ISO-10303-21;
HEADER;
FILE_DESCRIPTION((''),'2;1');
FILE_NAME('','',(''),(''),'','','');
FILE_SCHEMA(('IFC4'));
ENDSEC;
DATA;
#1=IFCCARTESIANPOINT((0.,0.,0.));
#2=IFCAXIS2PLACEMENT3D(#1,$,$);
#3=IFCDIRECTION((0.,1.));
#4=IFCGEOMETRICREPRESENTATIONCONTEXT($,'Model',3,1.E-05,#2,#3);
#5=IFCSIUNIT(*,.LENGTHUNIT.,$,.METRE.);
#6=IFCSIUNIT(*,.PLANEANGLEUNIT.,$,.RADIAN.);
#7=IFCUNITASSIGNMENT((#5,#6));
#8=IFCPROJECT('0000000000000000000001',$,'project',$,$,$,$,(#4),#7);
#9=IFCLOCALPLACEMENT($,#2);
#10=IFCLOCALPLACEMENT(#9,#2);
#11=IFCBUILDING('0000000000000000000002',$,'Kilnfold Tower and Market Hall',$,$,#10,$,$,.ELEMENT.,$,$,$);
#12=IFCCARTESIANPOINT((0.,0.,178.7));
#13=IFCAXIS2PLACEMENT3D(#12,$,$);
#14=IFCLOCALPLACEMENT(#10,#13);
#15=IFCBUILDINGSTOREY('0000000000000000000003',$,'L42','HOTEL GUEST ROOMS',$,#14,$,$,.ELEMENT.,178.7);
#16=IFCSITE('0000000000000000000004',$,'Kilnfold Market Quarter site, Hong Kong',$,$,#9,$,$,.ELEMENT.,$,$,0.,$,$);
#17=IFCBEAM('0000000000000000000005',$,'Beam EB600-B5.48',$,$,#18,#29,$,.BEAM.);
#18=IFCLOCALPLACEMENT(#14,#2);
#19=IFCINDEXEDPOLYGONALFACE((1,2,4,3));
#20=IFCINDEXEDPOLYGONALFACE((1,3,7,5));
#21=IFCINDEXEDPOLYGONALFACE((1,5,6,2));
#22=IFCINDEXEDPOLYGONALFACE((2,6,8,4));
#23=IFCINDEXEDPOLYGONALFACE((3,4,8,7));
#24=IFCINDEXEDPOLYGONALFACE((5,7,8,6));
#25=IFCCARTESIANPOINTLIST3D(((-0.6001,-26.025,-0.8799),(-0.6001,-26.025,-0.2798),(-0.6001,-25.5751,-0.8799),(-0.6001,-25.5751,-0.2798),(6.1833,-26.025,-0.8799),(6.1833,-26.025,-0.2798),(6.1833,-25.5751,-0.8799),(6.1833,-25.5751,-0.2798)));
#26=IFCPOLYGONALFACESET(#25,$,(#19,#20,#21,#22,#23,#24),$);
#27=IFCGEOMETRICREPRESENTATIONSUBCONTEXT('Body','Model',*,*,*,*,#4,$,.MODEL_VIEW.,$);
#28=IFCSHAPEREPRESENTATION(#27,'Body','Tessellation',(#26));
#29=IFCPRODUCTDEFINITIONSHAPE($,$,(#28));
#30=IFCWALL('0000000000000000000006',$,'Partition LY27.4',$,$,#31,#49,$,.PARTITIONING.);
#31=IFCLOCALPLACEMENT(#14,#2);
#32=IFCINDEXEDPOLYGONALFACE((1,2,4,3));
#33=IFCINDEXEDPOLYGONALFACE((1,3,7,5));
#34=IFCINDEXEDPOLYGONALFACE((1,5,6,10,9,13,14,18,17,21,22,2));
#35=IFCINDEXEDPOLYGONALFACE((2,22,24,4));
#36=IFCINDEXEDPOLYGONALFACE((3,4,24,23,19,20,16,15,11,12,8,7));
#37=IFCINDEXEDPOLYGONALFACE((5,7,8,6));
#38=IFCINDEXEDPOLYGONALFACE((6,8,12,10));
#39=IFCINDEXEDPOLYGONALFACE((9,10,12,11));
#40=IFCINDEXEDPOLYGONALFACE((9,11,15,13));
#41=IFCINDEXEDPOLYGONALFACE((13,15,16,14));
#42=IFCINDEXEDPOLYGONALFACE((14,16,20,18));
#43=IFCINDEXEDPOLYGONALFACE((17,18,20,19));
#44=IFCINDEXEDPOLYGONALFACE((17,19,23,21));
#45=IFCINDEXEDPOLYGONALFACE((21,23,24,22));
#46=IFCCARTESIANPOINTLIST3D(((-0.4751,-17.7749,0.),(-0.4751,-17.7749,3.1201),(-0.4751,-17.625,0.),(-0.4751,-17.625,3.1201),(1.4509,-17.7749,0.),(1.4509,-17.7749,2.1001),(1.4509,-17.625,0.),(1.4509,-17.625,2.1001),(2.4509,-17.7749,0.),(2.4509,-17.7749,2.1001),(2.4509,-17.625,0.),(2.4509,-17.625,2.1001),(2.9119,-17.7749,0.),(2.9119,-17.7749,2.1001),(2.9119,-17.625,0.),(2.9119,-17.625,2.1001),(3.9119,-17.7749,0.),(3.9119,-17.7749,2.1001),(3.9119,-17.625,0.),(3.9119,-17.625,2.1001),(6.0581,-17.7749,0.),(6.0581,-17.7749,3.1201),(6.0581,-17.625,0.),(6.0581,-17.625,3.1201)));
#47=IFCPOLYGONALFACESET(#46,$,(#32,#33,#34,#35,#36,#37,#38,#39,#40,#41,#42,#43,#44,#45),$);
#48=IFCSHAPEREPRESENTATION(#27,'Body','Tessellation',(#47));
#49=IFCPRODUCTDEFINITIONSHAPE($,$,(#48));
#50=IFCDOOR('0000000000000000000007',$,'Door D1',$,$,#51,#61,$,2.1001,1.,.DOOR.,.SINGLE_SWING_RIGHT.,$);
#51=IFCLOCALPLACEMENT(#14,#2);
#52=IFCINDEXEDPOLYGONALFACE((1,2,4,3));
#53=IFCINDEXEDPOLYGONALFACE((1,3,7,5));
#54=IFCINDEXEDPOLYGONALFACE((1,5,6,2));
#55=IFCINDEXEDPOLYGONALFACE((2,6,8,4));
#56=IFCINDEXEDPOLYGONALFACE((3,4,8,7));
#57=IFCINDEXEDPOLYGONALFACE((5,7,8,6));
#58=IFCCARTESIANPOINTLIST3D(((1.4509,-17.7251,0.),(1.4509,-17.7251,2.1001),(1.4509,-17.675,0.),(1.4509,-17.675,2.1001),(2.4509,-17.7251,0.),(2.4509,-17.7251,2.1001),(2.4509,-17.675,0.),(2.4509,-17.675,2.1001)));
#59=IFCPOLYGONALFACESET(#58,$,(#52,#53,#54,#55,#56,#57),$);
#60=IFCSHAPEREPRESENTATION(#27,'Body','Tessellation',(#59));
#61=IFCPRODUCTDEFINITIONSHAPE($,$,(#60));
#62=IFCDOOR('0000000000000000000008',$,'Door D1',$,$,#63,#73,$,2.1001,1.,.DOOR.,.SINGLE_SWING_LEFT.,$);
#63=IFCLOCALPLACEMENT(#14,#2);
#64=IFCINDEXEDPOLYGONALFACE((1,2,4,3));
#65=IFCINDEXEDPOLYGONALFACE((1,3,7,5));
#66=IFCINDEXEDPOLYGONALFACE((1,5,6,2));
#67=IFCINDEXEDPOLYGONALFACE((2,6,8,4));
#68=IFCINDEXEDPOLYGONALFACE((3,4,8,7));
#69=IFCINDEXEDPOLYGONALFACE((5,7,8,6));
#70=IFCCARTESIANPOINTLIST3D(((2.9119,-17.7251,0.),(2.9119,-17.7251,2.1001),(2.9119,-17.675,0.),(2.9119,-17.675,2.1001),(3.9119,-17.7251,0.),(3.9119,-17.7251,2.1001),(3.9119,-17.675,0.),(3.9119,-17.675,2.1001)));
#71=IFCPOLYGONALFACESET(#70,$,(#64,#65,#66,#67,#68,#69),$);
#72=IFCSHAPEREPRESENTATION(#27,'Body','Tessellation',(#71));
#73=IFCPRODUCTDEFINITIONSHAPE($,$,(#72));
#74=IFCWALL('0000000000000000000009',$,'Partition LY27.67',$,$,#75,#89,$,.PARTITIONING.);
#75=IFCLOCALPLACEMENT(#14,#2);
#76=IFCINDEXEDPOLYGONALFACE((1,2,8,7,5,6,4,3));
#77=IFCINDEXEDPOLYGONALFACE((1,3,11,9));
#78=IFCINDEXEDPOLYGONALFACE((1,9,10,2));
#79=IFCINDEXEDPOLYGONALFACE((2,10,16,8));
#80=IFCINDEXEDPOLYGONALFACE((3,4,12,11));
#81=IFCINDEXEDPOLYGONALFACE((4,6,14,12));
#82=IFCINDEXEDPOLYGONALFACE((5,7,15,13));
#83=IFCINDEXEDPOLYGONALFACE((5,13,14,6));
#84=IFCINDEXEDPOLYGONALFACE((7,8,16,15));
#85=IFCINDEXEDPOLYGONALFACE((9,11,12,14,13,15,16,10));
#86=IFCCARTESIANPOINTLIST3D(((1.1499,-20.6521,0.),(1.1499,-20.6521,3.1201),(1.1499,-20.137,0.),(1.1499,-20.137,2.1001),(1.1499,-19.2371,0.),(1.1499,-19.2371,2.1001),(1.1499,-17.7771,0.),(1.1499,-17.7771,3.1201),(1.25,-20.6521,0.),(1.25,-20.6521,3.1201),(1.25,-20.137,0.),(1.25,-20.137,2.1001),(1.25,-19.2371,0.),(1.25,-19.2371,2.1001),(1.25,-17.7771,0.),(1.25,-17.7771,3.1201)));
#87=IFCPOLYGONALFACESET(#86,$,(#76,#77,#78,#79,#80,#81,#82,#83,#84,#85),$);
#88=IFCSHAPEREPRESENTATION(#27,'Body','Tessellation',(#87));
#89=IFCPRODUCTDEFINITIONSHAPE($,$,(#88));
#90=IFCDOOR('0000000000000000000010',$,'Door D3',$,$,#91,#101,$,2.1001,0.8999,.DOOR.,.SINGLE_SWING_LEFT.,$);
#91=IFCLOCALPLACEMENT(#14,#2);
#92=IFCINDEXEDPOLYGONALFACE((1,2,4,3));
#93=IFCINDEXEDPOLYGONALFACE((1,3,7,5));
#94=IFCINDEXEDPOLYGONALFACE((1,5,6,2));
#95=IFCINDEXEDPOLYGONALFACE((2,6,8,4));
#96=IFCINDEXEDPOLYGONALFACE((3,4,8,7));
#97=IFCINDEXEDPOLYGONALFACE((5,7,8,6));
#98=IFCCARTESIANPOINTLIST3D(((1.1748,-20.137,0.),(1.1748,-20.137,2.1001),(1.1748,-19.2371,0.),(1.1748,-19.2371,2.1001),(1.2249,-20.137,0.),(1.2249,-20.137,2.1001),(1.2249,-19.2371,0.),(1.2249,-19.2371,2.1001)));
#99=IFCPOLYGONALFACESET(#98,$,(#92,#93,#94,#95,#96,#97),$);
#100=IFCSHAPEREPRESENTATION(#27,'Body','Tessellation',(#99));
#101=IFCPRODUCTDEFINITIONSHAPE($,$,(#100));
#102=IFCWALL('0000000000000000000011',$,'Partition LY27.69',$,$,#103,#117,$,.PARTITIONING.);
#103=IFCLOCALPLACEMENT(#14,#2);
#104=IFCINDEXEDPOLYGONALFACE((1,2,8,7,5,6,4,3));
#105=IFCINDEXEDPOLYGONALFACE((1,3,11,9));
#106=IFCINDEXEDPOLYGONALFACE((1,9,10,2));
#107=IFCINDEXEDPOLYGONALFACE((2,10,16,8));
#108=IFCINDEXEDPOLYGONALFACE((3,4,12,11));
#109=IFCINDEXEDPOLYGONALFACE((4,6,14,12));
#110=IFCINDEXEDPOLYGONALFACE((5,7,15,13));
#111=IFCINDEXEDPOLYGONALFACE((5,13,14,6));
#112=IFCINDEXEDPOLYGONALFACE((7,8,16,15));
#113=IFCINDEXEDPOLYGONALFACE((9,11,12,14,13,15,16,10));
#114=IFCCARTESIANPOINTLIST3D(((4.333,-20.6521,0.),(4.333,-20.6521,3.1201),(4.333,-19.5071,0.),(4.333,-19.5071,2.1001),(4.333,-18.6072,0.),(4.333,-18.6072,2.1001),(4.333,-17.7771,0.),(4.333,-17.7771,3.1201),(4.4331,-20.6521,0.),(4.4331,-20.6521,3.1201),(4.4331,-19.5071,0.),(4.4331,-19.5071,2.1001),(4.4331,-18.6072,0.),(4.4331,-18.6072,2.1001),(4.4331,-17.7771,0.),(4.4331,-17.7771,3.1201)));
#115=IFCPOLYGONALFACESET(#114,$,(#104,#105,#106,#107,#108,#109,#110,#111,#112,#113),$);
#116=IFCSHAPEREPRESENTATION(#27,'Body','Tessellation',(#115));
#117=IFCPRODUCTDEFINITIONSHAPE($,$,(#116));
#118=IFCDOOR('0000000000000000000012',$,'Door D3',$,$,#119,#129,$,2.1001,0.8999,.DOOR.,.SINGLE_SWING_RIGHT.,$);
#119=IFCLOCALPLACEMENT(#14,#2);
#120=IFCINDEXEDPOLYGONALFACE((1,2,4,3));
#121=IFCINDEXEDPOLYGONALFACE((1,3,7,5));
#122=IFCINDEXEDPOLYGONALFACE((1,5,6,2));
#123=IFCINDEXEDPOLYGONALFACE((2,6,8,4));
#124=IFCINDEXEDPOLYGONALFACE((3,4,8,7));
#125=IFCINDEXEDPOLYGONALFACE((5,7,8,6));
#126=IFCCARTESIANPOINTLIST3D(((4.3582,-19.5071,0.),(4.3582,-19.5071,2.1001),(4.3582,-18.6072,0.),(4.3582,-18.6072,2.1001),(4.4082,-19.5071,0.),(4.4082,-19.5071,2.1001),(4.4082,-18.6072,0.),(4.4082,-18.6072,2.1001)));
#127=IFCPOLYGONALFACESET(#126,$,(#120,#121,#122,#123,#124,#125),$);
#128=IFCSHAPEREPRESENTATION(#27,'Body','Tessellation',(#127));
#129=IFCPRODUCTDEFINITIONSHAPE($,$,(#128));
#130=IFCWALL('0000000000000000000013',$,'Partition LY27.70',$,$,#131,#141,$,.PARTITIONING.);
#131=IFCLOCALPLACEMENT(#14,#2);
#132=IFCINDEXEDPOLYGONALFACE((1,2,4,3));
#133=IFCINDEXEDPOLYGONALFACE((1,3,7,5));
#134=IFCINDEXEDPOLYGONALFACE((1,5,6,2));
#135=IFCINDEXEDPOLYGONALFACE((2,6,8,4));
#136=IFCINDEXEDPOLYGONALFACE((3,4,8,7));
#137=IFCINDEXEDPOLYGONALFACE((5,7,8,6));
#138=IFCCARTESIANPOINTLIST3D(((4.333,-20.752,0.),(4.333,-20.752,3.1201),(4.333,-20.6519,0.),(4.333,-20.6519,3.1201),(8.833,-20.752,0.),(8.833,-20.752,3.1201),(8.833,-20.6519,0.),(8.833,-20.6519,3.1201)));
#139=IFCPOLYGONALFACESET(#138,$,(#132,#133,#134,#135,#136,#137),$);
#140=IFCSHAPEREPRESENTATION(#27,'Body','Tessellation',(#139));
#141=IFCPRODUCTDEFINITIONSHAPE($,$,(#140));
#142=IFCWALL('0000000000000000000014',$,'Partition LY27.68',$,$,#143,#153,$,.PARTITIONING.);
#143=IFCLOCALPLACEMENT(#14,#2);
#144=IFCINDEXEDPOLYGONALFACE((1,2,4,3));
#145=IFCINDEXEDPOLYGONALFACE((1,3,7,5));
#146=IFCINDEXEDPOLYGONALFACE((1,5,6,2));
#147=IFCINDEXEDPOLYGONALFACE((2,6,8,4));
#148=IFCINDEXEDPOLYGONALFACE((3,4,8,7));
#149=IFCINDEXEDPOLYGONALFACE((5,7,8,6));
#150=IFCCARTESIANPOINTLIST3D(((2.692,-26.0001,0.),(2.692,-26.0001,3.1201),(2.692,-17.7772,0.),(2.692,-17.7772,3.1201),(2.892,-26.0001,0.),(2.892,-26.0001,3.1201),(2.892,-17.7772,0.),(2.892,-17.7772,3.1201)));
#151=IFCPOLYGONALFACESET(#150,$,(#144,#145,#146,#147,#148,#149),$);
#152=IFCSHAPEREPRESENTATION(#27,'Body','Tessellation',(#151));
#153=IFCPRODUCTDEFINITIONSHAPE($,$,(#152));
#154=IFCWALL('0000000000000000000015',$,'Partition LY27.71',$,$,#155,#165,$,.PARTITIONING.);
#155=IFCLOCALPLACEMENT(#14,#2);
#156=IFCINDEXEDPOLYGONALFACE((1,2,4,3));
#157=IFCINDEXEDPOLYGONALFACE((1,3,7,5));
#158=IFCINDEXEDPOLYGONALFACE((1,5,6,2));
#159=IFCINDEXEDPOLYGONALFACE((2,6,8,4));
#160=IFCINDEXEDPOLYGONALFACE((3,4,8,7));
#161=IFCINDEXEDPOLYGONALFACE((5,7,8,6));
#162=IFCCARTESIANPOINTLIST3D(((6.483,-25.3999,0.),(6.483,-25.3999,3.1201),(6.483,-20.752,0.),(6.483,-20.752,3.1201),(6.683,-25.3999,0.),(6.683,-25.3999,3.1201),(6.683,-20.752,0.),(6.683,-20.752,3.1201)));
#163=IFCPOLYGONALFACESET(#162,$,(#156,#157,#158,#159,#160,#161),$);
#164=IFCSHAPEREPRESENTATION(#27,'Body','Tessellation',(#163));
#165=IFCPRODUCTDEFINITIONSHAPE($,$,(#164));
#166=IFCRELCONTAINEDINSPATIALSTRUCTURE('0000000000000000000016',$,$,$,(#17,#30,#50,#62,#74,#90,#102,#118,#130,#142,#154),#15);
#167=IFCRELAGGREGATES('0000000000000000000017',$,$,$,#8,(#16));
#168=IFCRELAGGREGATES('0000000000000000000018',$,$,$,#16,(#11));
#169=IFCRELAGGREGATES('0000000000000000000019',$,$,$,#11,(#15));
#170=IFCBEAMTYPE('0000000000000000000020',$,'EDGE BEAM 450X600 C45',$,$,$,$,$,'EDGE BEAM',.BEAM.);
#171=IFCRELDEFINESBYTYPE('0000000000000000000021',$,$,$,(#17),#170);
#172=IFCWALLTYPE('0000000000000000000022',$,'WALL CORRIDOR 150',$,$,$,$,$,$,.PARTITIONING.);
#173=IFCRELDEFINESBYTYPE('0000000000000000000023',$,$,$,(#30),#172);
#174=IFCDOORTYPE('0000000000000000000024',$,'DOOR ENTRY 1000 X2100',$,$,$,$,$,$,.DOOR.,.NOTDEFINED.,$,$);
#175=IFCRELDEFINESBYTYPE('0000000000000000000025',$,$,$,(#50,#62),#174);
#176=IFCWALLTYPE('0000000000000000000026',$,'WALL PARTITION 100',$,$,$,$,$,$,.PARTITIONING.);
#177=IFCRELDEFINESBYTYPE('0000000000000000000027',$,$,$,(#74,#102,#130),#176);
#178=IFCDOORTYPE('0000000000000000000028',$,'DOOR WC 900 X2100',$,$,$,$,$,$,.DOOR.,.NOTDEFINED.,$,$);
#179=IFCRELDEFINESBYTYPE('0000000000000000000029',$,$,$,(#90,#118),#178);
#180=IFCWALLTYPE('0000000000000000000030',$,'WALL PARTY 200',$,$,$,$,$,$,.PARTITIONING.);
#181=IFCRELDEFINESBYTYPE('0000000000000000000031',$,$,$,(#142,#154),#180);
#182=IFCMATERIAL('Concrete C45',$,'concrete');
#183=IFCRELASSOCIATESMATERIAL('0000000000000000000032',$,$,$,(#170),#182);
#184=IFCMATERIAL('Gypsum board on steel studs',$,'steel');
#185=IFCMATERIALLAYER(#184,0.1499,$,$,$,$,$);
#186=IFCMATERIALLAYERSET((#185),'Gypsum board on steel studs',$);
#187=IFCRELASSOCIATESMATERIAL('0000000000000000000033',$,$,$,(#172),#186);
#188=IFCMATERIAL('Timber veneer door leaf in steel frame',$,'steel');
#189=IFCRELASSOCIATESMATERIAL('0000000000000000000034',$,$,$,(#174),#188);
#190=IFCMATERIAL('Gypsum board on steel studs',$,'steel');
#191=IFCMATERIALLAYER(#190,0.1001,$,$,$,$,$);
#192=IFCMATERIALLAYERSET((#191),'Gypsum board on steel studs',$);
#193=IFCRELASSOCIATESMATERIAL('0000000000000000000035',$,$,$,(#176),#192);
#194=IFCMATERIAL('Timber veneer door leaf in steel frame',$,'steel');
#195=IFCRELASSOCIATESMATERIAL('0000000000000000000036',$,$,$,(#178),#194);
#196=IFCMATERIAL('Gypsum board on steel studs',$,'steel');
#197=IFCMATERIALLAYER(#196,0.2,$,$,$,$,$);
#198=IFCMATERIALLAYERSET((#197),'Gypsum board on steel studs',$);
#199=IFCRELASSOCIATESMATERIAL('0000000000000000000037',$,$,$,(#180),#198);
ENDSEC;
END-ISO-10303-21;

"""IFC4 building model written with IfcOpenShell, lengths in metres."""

from ifc_helpers import new_model, si_unit, direction, frame, frame_2d, origin, origin_2d, place, context, subcontext, project, spatial, rectangle, extrude, source, transform, mapped, material, layer, layer_set, material_profile, profile_set, type_object, element, fill, save


model = new_model("IFC4")

# Units and contexts
model_context = context("Model", 3, precision=1e-05, world=origin(), true_north=direction((0.0, 1.0)))
body_context = subcontext(model_context, "Body", "Model", "MODEL_VIEW")
ifc_project = project(units=[si_unit("LENGTHUNIT", "METRE"), si_unit("PLANEANGLEUNIT", "RADIAN")], contexts=[model_context])

# Site, building, storey
site_placement = place(None, origin())
site = spatial("IfcSite", under=ifc_project, at=site_placement, Name="Kilnfold Market Quarter site, Hong Kong", CompositionType="ELEMENT", RefElevation=0.0)
building_placement = place(site_placement, origin())
building = spatial("IfcBuilding", under=site, at=building_placement, Name="Kilnfold Tower and Market Hall", CompositionType="ELEMENT")
storey_placement = place(building_placement, frame((0.0, 0.0, 178.7)))
storey = spatial("IfcBuildingStorey", under=building, at=storey_placement, Name="L42", Description="HOTEL GUEST ROOMS", CompositionType="ELEMENT", Elevation=178.7)

# Beam
ifc_material_1 = material(Name="Concrete C45", Category="concrete")
ifc_material_profile_1 = material_profile(ifc_material_1, rectangle(XDim=0.45, YDim=0.6001, at=origin_2d()), Name="RC 450x600")
ifc_profile_set_1 = profile_set([ifc_material_profile_1], Name="Concrete C45")
beam_type = type_object("IfcBeamType", Name="EDGE BEAM 450X600 C45", ElementType="EDGE BEAM", PredefinedType="BEAM", material=ifc_profile_set_1)
shared_shape_1 = source(origin(), body_context, "Body", "SweptSolid", [
    extrude(rectangle(XDim=0.45, YDim=0.6001, at=origin_2d()), origin(), (0.0, 0.0, 1.0), 6.7834),
])
beam_placement = place(storey_placement, frame((-0.6001, -25.8, -0.5798), z_axis=(1.0, 0.0, 0.0), x_axis=(0.0, 1.0, 0.0)))
element("IfcBeam", 1, at=beam_placement, inside=storey, type_object=beam_type, Name="Beam EB600-B5.48", PredefinedType="BEAM", context=body_context, shape_type="MappedRepresentation", body=[
    mapped(shared_shape_1, transform((0.0, 0.0, 0.0))),
])

# Wall, openings, doors
ifc_material_2 = material(Name="Gypsum board on steel studs", Category="steel")
ifc_layer_1 = layer(ifc_material_2, 0.1499)
ifc_layer_set_1 = layer_set([ifc_layer_1], Name="Gypsum board on steel studs")
wall_type_1 = type_object("IfcWallType", Name="WALL CORRIDOR 150", PredefinedType="PARTITIONING", material=ifc_layer_set_1)
wall_1_placement = place(storey_placement, frame((-0.4751, -17.7, 0.0), z_axis=(0.0, 0.0, 1.0), x_axis=(1.0, 0.0, 0.0)))
wall_1 = element("IfcWall", 2, at=wall_1_placement, inside=storey, type_object=wall_type_1, Name="Partition LY27.4", PredefinedType="PARTITIONING", context=body_context, shape_type="SweptSolid", body=[
    extrude(rectangle(XDim=6.5332, YDim=0.1499, at=frame_2d((3.2666, 0.0))), origin(), (0.0, 0.0, 1.0), 3.1201),
])
opening_1_placement = place(wall_1_placement, frame((1.926, 0.0, 0.0)))
opening_1 = element("IfcOpeningElement", 3, at=opening_1_placement, cuts=wall_1, PredefinedType="OPENING", context=body_context, shape_type="SweptSolid", body=[
    extrude(rectangle(XDim=1.0, YDim=2.1001, at=frame_2d((0.5, 1.05))), frame((0.0, 0.085, 0.0), z_axis=(0.0, -1.0, 0.0), x_axis=(1.0, 0.0, 0.0)), (0.0, 0.0, 1.0), 0.1699),
])
opening_2_placement = place(wall_1_placement, frame((3.387, 0.0, 0.0)))
opening_2 = element("IfcOpeningElement", 4, at=opening_2_placement, cuts=wall_1, PredefinedType="OPENING", context=body_context, shape_type="SweptSolid", body=[
    extrude(rectangle(XDim=1.0, YDim=2.1001, at=frame_2d((0.5, 1.05))), frame((0.0, 0.085, 0.0), z_axis=(0.0, -1.0, 0.0), x_axis=(1.0, 0.0, 0.0)), (0.0, 0.0, 1.0), 0.1699),
])
ifc_material_3 = material(Name="Timber veneer door leaf in steel frame", Category="steel")
door_type_1 = type_object("IfcDoorType", Name="DOOR ENTRY 1000 X2100", OperationType="NOTDEFINED", PredefinedType="DOOR", material=ifc_material_3)
door_1_placement = place(opening_1_placement, origin())
door_1 = element("IfcDoor", 5, at=door_1_placement, inside=storey, type_object=door_type_1, Name="Door D1", OperationType="SINGLE_SWING_RIGHT", OverallHeight=2.1001, OverallWidth=1.0, PredefinedType="DOOR", context=body_context, shape_type="SweptSolid", body=[
    extrude(rectangle(XDim=1.0, YDim=2.1001, at=frame_2d((0.5, 1.05))), frame((0.0, 0.0249, 0.0), z_axis=(0.0, -1.0, 0.0), x_axis=(1.0, 0.0, 0.0)), (0.0, 0.0, 1.0), 0.05),
])
fill(opening_1, door_1)
door_2_placement = place(opening_2_placement, origin())
door_2 = element("IfcDoor", 6, at=door_2_placement, inside=storey, type_object=door_type_1, Name="Door D1", OperationType="SINGLE_SWING_LEFT", OverallHeight=2.1001, OverallWidth=1.0, PredefinedType="DOOR", context=body_context, shape_type="SweptSolid", body=[
    extrude(rectangle(XDim=1.0, YDim=2.1001, at=frame_2d((0.5, 1.05))), frame((0.0, 0.0249, 0.0), z_axis=(0.0, -1.0, 0.0), x_axis=(1.0, 0.0, 0.0)), (0.0, 0.0, 1.0), 0.05),
])
fill(opening_2, door_2)

# Walls, openings, doors
ifc_material_4 = material(Name="Gypsum board on steel studs", Category="steel")
ifc_layer_2 = layer(ifc_material_4, 0.1001)
ifc_layer_set_2 = layer_set([ifc_layer_2], Name="Gypsum board on steel studs")
wall_type_2 = type_object("IfcWallType", Name="WALL PARTITION 100", PredefinedType="PARTITIONING", material=ifc_layer_set_2)
wall_2_placement = place(storey_placement, frame((1.2, -17.7771, 0.0), z_axis=(0.0, 0.0, 1.0), x_axis=(0.0, -1.0, 0.0)))
wall_2 = element("IfcWall", 7, at=wall_2_placement, inside=storey, type_object=wall_type_2, Name="Partition LY27.67", PredefinedType="PARTITIONING", context=body_context, shape_type="SweptSolid", body=[
    extrude(rectangle(XDim=2.875, YDim=0.1001, at=frame_2d((1.4375, 0.0))), origin(), (0.0, 0.0, 1.0), 3.1201),
])
opening_3_placement = place(wall_2_placement, frame((1.46, 0.0, 0.0)))
opening_3 = element("IfcOpeningElement", 8, at=opening_3_placement, cuts=wall_2, PredefinedType="OPENING", context=body_context, shape_type="SweptSolid", body=[
    extrude(rectangle(XDim=0.8999, YDim=2.1001, at=frame_2d((0.45, 1.05))), frame((0.0, 0.0601, 0.0), z_axis=(0.0, -1.0, 0.0), x_axis=(1.0, 0.0, 0.0)), (0.0, 0.0, 1.0), 0.1201),
])
ifc_material_5 = material(Name="Timber veneer door leaf in steel frame", Category="steel")
door_type_2 = type_object("IfcDoorType", Name="DOOR WC 900 X2100", OperationType="NOTDEFINED", PredefinedType="DOOR", material=ifc_material_5)
door_3_placement = place(opening_3_placement, origin())
door_3 = element("IfcDoor", 9, at=door_3_placement, inside=storey, type_object=door_type_2, Name="Door D3", OperationType="SINGLE_SWING_LEFT", OverallHeight=2.1001, OverallWidth=0.8999, PredefinedType="DOOR", context=body_context, shape_type="SweptSolid", body=[
    extrude(rectangle(XDim=0.8999, YDim=2.1001, at=frame_2d((0.45, 1.05))), frame((0.0, 0.0249, 0.0), z_axis=(0.0, -1.0, 0.0), x_axis=(1.0, 0.0, 0.0)), (0.0, 0.0, 1.0), 0.05),
])
fill(opening_3, door_3)
wall_3_placement = place(storey_placement, frame((4.3831, -20.6521, 0.0), z_axis=(0.0, 0.0, 1.0), x_axis=(0.0, 1.0, 0.0)))
wall_3 = element("IfcWall", 10, at=wall_3_placement, inside=storey, type_object=wall_type_2, Name="Partition LY27.69", PredefinedType="PARTITIONING", context=body_context, shape_type="SweptSolid", body=[
    extrude(rectangle(XDim=2.875, YDim=0.1001, at=frame_2d((1.4375, 0.0))), origin(), (0.0, 0.0, 1.0), 3.1201),
])
opening_4_placement = place(wall_3_placement, frame((1.145, 0.0, 0.0)))
opening_4 = element("IfcOpeningElement", 11, at=opening_4_placement, cuts=wall_3, PredefinedType="OPENING", context=body_context, shape_type="SweptSolid", body=[
    extrude(rectangle(XDim=0.8999, YDim=2.1001, at=frame_2d((0.45, 1.05))), frame((0.0, 0.0601, 0.0), z_axis=(0.0, -1.0, 0.0), x_axis=(1.0, 0.0, 0.0)), (0.0, 0.0, 1.0), 0.1201),
])
door_4_placement = place(opening_4_placement, origin())
door_4 = element("IfcDoor", 12, at=door_4_placement, inside=storey, type_object=door_type_2, Name="Door D3", OperationType="SINGLE_SWING_RIGHT", OverallHeight=2.1001, OverallWidth=0.8999, PredefinedType="DOOR", context=body_context, shape_type="SweptSolid", body=[
    extrude(rectangle(XDim=0.8999, YDim=2.1001, at=frame_2d((0.45, 1.05))), frame((0.0, 0.0249, 0.0), z_axis=(0.0, -1.0, 0.0), x_axis=(1.0, 0.0, 0.0)), (0.0, 0.0, 1.0), 0.05),
])
fill(opening_4, door_4)

# Walls
wall_4_placement = place(storey_placement, frame((4.333, -20.7019, 0.0), z_axis=(0.0, 0.0, 1.0), x_axis=(1.0, 0.0, 0.0)))
element("IfcWall", 13, at=wall_4_placement, inside=storey, type_object=wall_type_2, Name="Partition LY27.70", PredefinedType="PARTITIONING", context=body_context, shape_type="SweptSolid", body=[
    extrude(rectangle(XDim=4.5, YDim=0.1001, at=frame_2d((2.25, 0.0))), origin(), (0.0, 0.0, 1.0), 3.1201),
])
ifc_material_6 = material(Name="Gypsum board on steel studs", Category="steel")
ifc_layer_3 = layer(ifc_material_6, 0.2)
ifc_layer_set_3 = layer_set([ifc_layer_3], Name="Gypsum board on steel studs")
wall_type_3 = type_object("IfcWallType", Name="WALL PARTY 200", PredefinedType="PARTITIONING", material=ifc_layer_set_3)
wall_5_placement = place(storey_placement, frame((2.792, -26.0, 0.0), z_axis=(0.0, 0.0, 1.0), x_axis=(0.0, 1.0, 0.0)))
element("IfcWall", 14, at=wall_5_placement, inside=storey, type_object=wall_type_3, Name="Partition LY27.68", PredefinedType="PARTITIONING", context=body_context, shape_type="SweptSolid", body=[
    extrude(rectangle(XDim=8.2229, YDim=0.2, at=frame_2d((4.1113, 0.0))), origin(), (0.0, 0.0, 1.0), 3.1201),
])
wall_6_placement = place(storey_placement, frame((6.583, -25.3999, 0.0), z_axis=(0.0, 0.0, 1.0), x_axis=(0.0, 1.0, 0.0)))
element("IfcWall", 15, at=wall_6_placement, inside=storey, type_object=wall_type_3, Name="Partition LY27.71", PredefinedType="PARTITIONING", context=body_context, shape_type="SweptSolid", body=[
    extrude(rectangle(XDim=4.6479, YDim=0.2, at=frame_2d((2.324, 0.0))), origin(), (0.0, 0.0, 1.0), 3.1201),
])

save(model, "model.ifc")
